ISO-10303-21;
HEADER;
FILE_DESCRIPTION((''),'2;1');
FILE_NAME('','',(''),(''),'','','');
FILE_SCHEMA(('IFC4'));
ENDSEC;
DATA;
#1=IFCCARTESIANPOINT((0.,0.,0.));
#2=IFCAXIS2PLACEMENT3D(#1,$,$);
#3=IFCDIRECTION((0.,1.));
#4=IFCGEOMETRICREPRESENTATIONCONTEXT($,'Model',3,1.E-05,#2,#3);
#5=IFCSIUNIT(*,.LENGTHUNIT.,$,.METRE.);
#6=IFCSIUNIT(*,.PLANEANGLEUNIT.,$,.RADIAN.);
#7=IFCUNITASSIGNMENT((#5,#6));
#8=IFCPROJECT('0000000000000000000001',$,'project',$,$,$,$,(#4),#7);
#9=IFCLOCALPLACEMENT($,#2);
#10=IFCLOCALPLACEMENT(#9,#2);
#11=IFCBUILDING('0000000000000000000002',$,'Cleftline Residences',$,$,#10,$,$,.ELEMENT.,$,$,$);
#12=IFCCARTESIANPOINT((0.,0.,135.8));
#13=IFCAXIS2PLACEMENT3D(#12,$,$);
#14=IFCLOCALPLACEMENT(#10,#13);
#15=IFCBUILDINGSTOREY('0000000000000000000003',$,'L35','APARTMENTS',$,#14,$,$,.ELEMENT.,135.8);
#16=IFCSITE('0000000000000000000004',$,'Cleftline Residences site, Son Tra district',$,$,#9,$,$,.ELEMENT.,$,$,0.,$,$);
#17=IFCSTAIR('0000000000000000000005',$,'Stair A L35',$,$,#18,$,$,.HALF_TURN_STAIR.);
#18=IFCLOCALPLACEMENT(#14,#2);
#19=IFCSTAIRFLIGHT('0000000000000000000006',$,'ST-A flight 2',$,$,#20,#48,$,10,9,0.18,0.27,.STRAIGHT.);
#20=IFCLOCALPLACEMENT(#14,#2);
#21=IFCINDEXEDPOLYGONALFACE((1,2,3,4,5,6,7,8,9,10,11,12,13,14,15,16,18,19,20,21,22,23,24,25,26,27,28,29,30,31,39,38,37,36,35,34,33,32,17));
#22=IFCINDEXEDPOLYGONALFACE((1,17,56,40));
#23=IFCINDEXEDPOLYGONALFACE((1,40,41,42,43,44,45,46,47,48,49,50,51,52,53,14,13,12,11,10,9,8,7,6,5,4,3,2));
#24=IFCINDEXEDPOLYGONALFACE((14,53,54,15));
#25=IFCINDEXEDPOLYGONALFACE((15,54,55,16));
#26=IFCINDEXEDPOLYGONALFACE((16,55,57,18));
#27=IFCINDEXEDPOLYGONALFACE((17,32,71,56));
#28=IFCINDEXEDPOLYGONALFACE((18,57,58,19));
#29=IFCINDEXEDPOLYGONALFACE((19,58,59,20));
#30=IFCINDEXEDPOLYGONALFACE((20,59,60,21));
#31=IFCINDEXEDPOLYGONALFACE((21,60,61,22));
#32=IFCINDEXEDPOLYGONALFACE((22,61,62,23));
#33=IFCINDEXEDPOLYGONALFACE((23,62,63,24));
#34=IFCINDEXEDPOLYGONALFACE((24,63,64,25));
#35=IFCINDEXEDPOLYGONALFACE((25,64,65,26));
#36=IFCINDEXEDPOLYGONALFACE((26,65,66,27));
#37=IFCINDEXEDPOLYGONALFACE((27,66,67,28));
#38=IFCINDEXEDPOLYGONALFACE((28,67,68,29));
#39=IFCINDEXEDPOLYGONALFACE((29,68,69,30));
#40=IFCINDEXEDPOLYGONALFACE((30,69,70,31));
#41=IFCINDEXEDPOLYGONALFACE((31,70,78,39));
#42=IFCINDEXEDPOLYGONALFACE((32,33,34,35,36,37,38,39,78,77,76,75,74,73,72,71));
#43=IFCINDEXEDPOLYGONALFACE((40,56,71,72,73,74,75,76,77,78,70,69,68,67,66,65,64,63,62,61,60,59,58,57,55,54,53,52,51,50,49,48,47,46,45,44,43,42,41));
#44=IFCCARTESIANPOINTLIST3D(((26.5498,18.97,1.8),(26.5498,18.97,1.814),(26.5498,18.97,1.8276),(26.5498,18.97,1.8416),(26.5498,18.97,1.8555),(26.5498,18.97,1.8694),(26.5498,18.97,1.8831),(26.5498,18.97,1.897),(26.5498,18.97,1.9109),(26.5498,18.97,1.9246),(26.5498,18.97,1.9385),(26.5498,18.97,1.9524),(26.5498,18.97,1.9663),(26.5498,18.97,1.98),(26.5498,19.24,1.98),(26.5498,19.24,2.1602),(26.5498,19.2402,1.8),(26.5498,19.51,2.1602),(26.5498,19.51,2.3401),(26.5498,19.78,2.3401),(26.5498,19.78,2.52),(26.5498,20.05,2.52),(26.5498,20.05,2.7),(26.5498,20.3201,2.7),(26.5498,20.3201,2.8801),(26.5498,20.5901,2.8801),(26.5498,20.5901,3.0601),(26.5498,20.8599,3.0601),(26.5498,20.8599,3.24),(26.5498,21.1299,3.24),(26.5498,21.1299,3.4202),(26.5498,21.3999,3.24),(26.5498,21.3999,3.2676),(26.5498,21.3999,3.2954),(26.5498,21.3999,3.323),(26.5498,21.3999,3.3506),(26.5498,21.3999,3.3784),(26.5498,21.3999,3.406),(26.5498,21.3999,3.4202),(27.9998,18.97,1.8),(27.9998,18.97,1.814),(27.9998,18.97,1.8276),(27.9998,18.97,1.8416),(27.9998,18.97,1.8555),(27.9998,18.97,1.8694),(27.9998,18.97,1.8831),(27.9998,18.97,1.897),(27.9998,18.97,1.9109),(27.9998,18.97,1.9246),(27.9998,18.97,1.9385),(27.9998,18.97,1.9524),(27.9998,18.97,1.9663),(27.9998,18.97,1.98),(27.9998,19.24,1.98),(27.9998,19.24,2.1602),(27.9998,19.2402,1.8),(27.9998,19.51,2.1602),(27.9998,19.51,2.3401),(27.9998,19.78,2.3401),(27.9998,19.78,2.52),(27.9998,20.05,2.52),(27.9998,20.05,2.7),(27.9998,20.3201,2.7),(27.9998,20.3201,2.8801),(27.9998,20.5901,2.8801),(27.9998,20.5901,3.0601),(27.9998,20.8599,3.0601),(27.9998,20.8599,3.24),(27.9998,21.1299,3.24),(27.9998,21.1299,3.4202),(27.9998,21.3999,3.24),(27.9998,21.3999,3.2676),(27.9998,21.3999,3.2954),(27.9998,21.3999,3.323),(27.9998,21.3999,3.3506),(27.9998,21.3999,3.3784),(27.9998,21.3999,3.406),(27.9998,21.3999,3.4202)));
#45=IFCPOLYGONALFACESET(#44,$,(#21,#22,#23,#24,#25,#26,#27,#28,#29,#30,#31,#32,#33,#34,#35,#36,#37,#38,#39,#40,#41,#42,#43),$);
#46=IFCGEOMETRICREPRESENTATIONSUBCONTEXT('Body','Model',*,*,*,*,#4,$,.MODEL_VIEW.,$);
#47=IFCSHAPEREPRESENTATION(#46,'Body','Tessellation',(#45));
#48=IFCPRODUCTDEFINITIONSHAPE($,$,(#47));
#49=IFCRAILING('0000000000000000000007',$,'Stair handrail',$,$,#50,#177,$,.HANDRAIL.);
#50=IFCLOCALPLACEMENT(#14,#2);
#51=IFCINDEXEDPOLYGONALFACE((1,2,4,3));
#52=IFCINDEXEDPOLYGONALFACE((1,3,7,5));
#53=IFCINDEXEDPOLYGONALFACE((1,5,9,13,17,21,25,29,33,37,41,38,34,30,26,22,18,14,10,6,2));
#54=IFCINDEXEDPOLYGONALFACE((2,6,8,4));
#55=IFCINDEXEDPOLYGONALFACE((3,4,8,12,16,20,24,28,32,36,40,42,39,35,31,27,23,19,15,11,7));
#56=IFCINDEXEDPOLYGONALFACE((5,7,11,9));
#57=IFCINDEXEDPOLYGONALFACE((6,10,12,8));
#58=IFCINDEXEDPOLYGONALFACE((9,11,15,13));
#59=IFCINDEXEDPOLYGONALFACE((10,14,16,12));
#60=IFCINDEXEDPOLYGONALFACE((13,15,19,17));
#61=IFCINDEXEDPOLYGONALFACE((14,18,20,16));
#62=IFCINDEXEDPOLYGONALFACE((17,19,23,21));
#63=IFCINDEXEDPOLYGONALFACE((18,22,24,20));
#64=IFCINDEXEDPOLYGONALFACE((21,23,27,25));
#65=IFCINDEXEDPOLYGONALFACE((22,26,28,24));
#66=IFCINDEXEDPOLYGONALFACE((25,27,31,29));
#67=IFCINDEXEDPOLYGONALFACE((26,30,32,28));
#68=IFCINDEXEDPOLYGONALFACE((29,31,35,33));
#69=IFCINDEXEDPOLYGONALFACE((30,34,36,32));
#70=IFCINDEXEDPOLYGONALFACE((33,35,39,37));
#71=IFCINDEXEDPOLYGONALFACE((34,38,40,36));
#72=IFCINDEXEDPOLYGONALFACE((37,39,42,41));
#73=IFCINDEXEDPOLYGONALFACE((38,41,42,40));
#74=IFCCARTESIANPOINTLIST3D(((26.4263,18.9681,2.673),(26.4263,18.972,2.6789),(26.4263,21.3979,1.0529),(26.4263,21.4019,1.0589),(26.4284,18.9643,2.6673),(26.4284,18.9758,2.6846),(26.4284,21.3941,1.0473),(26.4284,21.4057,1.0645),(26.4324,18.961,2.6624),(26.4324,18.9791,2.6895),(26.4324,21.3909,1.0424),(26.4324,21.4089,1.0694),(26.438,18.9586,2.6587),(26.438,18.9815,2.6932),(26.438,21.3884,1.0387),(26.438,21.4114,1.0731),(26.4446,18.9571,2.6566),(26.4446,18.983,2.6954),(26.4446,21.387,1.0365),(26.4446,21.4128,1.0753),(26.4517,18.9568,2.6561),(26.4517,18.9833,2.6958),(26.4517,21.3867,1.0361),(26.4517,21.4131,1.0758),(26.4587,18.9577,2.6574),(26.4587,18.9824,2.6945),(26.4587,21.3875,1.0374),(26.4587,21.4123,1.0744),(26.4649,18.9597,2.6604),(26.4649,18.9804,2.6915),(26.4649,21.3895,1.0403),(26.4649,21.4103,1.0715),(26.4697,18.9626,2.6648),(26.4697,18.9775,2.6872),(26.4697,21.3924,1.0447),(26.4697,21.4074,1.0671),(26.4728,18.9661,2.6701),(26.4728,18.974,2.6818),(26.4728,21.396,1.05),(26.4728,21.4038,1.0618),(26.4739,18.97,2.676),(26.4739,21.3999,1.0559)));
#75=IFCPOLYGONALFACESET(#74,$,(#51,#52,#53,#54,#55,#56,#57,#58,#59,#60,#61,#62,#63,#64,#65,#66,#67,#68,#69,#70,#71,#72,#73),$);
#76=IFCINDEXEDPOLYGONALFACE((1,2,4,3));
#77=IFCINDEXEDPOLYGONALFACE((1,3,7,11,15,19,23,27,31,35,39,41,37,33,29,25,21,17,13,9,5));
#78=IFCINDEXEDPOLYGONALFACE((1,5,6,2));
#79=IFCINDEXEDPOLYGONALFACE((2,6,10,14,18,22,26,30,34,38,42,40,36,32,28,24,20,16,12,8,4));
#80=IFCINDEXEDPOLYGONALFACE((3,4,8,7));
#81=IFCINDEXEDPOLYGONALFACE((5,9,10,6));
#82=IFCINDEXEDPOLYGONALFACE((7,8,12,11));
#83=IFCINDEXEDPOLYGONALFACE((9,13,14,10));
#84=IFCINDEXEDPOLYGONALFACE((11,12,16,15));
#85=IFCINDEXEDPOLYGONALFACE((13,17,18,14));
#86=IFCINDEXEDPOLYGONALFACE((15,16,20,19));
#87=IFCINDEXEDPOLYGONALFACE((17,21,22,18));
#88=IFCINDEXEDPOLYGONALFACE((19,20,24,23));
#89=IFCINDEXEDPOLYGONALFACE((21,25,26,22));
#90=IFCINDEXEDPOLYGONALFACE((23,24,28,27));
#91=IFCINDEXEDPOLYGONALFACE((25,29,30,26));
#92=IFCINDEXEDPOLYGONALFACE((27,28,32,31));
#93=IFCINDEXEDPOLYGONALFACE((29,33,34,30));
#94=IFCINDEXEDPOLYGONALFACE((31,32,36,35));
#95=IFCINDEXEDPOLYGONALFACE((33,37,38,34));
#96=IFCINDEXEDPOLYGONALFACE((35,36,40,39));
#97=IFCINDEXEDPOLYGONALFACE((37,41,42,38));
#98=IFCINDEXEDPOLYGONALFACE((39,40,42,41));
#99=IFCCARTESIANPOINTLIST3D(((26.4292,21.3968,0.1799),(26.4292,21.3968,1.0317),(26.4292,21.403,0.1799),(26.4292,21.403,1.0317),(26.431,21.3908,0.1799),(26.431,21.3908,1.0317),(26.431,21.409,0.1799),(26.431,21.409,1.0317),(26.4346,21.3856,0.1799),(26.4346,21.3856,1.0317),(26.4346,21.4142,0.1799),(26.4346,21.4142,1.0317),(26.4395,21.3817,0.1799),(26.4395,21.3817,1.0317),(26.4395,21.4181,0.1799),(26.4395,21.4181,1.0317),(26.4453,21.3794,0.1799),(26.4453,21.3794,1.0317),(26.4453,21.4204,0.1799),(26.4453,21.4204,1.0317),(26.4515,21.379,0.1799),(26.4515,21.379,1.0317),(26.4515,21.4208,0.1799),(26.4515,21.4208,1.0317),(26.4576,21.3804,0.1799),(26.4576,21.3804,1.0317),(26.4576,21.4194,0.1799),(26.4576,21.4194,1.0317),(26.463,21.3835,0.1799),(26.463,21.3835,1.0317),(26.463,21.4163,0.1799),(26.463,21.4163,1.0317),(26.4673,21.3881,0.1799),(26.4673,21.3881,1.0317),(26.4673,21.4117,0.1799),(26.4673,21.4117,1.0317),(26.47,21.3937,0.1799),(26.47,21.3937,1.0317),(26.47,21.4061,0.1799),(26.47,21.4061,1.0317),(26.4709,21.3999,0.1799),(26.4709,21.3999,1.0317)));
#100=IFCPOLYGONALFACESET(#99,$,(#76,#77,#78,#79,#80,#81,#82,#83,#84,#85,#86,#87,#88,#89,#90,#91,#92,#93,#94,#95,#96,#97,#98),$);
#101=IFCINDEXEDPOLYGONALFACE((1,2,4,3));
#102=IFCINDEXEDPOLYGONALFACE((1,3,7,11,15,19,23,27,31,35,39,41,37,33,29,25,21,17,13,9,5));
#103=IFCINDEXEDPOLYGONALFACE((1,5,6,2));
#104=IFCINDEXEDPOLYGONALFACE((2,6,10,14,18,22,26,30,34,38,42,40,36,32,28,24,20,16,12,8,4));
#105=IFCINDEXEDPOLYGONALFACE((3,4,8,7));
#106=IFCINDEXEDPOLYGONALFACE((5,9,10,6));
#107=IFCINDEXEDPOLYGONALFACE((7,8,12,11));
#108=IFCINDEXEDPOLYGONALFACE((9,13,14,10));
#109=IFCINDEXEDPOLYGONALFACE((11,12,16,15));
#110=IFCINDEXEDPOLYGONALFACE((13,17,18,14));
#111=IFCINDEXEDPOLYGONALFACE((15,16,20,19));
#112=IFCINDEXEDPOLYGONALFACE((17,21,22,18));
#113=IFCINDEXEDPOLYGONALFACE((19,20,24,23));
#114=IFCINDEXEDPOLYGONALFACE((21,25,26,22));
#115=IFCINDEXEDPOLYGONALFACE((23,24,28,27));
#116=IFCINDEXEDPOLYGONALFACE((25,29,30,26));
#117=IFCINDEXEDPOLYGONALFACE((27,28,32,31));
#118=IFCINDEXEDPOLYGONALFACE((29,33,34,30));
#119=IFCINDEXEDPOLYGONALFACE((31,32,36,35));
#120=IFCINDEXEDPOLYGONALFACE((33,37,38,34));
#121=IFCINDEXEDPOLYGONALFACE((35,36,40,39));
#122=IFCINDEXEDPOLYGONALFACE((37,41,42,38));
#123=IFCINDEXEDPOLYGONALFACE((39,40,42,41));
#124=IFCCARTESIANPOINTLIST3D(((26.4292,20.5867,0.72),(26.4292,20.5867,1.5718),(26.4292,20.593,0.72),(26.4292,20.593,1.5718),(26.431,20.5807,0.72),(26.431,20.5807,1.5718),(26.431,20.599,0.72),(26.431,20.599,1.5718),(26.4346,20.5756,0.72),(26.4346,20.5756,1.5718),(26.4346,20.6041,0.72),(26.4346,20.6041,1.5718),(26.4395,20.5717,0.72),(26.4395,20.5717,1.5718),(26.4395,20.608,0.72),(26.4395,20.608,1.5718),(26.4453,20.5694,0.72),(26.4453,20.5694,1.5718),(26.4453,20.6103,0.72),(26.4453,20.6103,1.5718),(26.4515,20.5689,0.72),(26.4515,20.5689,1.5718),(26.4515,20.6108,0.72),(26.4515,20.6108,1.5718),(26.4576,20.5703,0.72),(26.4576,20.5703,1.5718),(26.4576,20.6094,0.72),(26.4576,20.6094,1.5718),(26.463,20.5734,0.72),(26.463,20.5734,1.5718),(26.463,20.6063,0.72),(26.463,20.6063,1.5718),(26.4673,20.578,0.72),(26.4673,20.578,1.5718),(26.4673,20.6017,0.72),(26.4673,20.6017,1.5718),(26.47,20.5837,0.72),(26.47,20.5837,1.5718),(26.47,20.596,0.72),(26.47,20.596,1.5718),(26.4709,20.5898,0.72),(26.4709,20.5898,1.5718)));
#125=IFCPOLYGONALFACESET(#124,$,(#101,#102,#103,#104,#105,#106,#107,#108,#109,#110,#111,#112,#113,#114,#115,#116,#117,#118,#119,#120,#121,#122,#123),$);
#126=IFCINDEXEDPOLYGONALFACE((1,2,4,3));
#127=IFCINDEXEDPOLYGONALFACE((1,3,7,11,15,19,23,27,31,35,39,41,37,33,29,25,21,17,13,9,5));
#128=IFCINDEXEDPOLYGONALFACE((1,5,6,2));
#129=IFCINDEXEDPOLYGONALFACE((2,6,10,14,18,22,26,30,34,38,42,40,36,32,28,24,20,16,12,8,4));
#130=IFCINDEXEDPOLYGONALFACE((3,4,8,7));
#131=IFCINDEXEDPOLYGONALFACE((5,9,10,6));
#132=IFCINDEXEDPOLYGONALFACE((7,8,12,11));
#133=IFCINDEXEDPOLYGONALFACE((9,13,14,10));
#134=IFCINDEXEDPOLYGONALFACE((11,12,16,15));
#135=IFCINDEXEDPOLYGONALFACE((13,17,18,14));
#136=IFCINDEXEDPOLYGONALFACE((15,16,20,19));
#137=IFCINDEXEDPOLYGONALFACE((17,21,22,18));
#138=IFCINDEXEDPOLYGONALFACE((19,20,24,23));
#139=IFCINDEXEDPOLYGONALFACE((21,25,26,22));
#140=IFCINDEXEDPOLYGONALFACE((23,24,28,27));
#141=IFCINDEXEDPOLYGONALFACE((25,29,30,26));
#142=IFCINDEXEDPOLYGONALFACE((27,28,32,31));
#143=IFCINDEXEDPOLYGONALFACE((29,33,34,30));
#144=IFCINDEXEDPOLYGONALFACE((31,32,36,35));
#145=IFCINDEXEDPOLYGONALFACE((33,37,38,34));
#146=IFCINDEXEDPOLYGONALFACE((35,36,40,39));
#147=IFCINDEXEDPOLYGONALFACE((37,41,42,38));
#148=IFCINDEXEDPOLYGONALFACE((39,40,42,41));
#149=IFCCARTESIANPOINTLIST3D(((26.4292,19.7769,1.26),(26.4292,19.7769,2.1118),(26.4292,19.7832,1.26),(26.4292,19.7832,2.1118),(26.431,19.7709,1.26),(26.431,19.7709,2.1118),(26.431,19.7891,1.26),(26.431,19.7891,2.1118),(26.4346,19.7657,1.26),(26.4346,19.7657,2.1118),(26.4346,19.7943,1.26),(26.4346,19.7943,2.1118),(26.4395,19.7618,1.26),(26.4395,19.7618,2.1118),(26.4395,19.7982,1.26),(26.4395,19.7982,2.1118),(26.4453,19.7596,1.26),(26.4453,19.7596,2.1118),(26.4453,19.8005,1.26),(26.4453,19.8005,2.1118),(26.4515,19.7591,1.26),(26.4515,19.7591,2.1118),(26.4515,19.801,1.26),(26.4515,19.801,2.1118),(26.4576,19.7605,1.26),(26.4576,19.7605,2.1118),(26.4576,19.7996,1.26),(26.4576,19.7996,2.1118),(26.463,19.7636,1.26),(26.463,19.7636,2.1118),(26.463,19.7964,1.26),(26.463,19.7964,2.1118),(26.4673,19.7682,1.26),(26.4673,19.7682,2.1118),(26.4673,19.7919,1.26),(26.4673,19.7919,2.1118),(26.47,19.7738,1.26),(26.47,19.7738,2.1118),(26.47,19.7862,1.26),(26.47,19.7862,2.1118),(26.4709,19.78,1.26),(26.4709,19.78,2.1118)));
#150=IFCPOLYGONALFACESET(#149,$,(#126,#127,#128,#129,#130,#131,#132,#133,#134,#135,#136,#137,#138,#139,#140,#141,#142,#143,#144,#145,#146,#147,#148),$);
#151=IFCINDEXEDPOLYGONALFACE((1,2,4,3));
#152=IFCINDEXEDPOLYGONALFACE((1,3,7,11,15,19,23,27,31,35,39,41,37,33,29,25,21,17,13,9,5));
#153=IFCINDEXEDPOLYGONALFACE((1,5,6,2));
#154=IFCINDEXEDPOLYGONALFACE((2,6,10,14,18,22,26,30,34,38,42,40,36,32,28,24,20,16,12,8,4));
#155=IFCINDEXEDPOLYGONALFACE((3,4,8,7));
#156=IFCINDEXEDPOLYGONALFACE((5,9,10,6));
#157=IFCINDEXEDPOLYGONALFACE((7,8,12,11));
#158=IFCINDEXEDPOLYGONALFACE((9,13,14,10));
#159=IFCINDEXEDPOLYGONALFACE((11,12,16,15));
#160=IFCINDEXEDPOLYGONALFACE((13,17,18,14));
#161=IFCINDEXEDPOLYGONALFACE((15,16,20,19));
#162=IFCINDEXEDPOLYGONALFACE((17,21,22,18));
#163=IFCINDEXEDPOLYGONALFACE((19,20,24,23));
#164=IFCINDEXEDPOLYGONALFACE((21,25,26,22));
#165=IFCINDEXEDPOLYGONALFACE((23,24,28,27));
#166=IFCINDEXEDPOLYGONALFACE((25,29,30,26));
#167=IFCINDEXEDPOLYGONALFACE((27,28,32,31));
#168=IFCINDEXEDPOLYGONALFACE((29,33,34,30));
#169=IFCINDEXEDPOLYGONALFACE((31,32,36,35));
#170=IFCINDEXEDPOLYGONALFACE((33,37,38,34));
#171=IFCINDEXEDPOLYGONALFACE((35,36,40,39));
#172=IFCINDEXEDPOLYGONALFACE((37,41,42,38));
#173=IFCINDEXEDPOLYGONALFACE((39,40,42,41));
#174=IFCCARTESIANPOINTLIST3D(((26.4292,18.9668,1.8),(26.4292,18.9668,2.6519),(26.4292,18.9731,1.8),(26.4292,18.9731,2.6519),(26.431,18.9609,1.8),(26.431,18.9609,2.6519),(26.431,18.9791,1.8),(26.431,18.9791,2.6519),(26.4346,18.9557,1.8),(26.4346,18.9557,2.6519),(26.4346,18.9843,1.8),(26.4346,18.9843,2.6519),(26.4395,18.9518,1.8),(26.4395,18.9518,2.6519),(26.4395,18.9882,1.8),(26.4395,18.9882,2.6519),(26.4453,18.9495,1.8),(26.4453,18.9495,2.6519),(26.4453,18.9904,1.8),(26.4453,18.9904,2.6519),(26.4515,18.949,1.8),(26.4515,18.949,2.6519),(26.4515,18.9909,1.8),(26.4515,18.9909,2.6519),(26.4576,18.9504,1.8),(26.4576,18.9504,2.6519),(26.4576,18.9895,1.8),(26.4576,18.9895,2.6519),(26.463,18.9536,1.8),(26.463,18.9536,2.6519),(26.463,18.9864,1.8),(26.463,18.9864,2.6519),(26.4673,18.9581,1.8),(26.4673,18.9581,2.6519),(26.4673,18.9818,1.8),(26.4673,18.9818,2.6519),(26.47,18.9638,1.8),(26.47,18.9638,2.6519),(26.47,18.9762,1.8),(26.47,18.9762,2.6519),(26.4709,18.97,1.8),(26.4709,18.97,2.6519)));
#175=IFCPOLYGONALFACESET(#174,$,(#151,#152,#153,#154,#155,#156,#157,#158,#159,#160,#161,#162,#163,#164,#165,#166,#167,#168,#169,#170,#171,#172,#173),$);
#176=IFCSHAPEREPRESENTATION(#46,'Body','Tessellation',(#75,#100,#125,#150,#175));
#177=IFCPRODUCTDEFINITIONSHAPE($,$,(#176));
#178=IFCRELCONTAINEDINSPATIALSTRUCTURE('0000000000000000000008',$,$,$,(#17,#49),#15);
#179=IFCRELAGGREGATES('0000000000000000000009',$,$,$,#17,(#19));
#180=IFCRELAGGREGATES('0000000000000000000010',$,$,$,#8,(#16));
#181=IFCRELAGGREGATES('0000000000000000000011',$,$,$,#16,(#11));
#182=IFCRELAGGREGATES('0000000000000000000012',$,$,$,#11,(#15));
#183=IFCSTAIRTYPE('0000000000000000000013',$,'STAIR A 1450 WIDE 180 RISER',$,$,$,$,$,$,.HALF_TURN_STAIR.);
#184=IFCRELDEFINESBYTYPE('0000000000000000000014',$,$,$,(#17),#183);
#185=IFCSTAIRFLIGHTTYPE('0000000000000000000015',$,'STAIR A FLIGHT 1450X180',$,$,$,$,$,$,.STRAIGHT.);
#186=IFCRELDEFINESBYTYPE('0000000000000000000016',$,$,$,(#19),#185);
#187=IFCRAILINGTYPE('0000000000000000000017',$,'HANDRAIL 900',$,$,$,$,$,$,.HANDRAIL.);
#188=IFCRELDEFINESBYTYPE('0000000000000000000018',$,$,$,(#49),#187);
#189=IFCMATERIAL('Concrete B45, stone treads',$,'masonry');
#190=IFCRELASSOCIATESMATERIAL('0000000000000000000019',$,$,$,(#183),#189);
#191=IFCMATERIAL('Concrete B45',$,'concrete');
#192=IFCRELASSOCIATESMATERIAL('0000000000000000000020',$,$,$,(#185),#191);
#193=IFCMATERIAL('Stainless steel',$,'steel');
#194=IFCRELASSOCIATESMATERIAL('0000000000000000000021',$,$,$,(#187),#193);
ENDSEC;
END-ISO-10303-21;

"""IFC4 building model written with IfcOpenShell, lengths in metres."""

from ifc_helpers import new_model, si_unit, direction, frame, origin, origin_2d, place, context, subcontext, project, spatial, polyline, circle, outline, extrude, material, type_object, element, aggregate, save


model = new_model("IFC4")

# Units and contexts
model_context = context("Model", 3, precision=1e-05, world=origin(), true_north=direction((0.0, 1.0)))
body_context = subcontext(model_context, "Body", "Model", "MODEL_VIEW")
ifc_project = project(units=[si_unit("LENGTHUNIT", "METRE"), si_unit("PLANEANGLEUNIT", "RADIAN")], contexts=[model_context])

# Site, building, storey
site_placement = place(None, origin())
site = spatial("IfcSite", under=ifc_project, at=site_placement, Name="Cleftline Residences site, Son Tra district", CompositionType="ELEMENT", RefElevation=0.0)
building_placement = place(site_placement, origin())
building = spatial("IfcBuilding", under=site, at=building_placement, Name="Cleftline Residences", CompositionType="ELEMENT")
storey_placement = place(building_placement, frame((0.0, 0.0, 135.8)))
storey = spatial("IfcBuildingStorey", under=building, at=storey_placement, Name="L35", Description="APARTMENTS", CompositionType="ELEMENT", Elevation=135.8)

# Stair, stair flight
ifc_material_1 = material(Name="Concrete B45, stone treads", Category="masonry")
stair_type = type_object("IfcStairType", Name="STAIR A 1450 WIDE 180 RISER", PredefinedType="HALF_TURN_STAIR", material=ifc_material_1)
stair_placement = place(storey_placement, origin())
stair = element("IfcStair", 1, at=stair_placement, inside=storey, type_object=stair_type, Name="Stair A L35", PredefinedType="HALF_TURN_STAIR")
ifc_material_2 = material(Name="Concrete B45", Category="concrete")
stair_flight_type = type_object("IfcStairFlightType", Name="STAIR A FLIGHT 1450X180", PredefinedType="STRAIGHT", material=ifc_material_2)
stair_flight_1_placement = place(storey_placement, frame((27.2749, 18.97, 1.8), z_axis=(0.0, 0.0, 1.0), x_axis=(0.0, 1.0, 0.0)))
stair_flight_1 = element("IfcStairFlight", 2, at=stair_flight_1_placement, type_object=stair_flight_type, Name="ST-A flight 2", NumberOfRisers=10, NumberOfTreads=9, PredefinedType="STRAIGHT", RiserHeight=0.18, TreadLength=0.27, context=body_context, shape_type="SweptSolid", body=[
    extrude(outline(polyline([(0.0, 0.0), (0.0, 0.0139), (0.0, 0.0276), (0.0, 0.0415), (0.0, 0.0554), (0.0, 0.0693), (0.0, 0.083), (0.0, 0.0969), (0.0, 0.1108), (0.0, 0.1245), (0.0, 0.1384), (0.0, 0.1523), (0.0, 0.1663), (0.0, 0.1799), (0.27, 0.1799), (0.27, 0.3601), (0.54, 0.3601), (0.54, 0.54), (0.8101, 0.54), (0.8101, 0.72), (1.0801, 0.72), (1.0801, 0.8999), (1.3501, 0.8999), (1.3501, 1.0801), (1.6201, 1.0801), (1.6201, 1.26), (1.8899, 1.26), (1.8899, 1.4399), (2.1599, 1.4399), (2.1599, 1.6201), (2.4299, 1.6201), (2.4299, 1.8), (2.4299, 1.7722), (2.4299, 1.7446), (2.4299, 1.7168), (2.4299, 1.6892), (2.4299, 1.6614), (2.4299, 1.6338), (2.4299, 1.606), (2.4299, 1.5784), (2.4299, 1.5505), (2.4299, 1.5229), (2.4299, 1.4954), (2.4299, 1.4675), (2.4299, 1.4399), (0.2703, 0.0), (0.0, 0.0)])), frame((0.0, 0.7251, 0.0), z_axis=(0.0, -1.0, 0.0), x_axis=(1.0, 0.0, 0.0)), (0.0, 0.0, 1.0), 1.45),
])
aggregate(stair, [stair_flight_1])

# Railing
ifc_material_3 = material(Name="Stainless steel", Category="steel")
railing_type = type_object("IfcRailingType", Name="HANDRAIL 900", PredefinedType="HANDRAIL", material=ifc_material_3)
railing_1_placement = place(storey_placement, frame((26.45, 21.3999, 0.1799)))
element("IfcRailing", 3, at=railing_1_placement, inside=storey, type_object=railing_type, Name="Stair handrail", PredefinedType="HANDRAIL", context=body_context, shape_type="SweptSolid", body=[
    extrude(circle(Radius=0.0239, at=origin_2d()), frame((0.0, 0.0, 0.876), z_axis=(0.0, -0.832025, 0.554739), x_axis=(1.0, 0.0, 0.0)), (0.0, 0.0, 1.0), 2.9204),
    extrude(circle(Radius=0.021, at=origin_2d()), origin(), (0.0, 0.0, 1.0), 0.8518),
    extrude(circle(Radius=0.021, at=origin_2d()), frame((0.0, -0.8101, 0.54)), (0.0, 0.0, 1.0), 0.8518),
    extrude(circle(Radius=0.021, at=origin_2d()), frame((0.0, -1.6199, 1.0801)), (0.0, 0.0, 1.0), 0.8518),
    extrude(circle(Radius=0.021, at=origin_2d()), frame((0.0, -2.4299, 1.6201)), (0.0, 0.0, 1.0), 0.8518),
])

save(model, "model.ifc")
